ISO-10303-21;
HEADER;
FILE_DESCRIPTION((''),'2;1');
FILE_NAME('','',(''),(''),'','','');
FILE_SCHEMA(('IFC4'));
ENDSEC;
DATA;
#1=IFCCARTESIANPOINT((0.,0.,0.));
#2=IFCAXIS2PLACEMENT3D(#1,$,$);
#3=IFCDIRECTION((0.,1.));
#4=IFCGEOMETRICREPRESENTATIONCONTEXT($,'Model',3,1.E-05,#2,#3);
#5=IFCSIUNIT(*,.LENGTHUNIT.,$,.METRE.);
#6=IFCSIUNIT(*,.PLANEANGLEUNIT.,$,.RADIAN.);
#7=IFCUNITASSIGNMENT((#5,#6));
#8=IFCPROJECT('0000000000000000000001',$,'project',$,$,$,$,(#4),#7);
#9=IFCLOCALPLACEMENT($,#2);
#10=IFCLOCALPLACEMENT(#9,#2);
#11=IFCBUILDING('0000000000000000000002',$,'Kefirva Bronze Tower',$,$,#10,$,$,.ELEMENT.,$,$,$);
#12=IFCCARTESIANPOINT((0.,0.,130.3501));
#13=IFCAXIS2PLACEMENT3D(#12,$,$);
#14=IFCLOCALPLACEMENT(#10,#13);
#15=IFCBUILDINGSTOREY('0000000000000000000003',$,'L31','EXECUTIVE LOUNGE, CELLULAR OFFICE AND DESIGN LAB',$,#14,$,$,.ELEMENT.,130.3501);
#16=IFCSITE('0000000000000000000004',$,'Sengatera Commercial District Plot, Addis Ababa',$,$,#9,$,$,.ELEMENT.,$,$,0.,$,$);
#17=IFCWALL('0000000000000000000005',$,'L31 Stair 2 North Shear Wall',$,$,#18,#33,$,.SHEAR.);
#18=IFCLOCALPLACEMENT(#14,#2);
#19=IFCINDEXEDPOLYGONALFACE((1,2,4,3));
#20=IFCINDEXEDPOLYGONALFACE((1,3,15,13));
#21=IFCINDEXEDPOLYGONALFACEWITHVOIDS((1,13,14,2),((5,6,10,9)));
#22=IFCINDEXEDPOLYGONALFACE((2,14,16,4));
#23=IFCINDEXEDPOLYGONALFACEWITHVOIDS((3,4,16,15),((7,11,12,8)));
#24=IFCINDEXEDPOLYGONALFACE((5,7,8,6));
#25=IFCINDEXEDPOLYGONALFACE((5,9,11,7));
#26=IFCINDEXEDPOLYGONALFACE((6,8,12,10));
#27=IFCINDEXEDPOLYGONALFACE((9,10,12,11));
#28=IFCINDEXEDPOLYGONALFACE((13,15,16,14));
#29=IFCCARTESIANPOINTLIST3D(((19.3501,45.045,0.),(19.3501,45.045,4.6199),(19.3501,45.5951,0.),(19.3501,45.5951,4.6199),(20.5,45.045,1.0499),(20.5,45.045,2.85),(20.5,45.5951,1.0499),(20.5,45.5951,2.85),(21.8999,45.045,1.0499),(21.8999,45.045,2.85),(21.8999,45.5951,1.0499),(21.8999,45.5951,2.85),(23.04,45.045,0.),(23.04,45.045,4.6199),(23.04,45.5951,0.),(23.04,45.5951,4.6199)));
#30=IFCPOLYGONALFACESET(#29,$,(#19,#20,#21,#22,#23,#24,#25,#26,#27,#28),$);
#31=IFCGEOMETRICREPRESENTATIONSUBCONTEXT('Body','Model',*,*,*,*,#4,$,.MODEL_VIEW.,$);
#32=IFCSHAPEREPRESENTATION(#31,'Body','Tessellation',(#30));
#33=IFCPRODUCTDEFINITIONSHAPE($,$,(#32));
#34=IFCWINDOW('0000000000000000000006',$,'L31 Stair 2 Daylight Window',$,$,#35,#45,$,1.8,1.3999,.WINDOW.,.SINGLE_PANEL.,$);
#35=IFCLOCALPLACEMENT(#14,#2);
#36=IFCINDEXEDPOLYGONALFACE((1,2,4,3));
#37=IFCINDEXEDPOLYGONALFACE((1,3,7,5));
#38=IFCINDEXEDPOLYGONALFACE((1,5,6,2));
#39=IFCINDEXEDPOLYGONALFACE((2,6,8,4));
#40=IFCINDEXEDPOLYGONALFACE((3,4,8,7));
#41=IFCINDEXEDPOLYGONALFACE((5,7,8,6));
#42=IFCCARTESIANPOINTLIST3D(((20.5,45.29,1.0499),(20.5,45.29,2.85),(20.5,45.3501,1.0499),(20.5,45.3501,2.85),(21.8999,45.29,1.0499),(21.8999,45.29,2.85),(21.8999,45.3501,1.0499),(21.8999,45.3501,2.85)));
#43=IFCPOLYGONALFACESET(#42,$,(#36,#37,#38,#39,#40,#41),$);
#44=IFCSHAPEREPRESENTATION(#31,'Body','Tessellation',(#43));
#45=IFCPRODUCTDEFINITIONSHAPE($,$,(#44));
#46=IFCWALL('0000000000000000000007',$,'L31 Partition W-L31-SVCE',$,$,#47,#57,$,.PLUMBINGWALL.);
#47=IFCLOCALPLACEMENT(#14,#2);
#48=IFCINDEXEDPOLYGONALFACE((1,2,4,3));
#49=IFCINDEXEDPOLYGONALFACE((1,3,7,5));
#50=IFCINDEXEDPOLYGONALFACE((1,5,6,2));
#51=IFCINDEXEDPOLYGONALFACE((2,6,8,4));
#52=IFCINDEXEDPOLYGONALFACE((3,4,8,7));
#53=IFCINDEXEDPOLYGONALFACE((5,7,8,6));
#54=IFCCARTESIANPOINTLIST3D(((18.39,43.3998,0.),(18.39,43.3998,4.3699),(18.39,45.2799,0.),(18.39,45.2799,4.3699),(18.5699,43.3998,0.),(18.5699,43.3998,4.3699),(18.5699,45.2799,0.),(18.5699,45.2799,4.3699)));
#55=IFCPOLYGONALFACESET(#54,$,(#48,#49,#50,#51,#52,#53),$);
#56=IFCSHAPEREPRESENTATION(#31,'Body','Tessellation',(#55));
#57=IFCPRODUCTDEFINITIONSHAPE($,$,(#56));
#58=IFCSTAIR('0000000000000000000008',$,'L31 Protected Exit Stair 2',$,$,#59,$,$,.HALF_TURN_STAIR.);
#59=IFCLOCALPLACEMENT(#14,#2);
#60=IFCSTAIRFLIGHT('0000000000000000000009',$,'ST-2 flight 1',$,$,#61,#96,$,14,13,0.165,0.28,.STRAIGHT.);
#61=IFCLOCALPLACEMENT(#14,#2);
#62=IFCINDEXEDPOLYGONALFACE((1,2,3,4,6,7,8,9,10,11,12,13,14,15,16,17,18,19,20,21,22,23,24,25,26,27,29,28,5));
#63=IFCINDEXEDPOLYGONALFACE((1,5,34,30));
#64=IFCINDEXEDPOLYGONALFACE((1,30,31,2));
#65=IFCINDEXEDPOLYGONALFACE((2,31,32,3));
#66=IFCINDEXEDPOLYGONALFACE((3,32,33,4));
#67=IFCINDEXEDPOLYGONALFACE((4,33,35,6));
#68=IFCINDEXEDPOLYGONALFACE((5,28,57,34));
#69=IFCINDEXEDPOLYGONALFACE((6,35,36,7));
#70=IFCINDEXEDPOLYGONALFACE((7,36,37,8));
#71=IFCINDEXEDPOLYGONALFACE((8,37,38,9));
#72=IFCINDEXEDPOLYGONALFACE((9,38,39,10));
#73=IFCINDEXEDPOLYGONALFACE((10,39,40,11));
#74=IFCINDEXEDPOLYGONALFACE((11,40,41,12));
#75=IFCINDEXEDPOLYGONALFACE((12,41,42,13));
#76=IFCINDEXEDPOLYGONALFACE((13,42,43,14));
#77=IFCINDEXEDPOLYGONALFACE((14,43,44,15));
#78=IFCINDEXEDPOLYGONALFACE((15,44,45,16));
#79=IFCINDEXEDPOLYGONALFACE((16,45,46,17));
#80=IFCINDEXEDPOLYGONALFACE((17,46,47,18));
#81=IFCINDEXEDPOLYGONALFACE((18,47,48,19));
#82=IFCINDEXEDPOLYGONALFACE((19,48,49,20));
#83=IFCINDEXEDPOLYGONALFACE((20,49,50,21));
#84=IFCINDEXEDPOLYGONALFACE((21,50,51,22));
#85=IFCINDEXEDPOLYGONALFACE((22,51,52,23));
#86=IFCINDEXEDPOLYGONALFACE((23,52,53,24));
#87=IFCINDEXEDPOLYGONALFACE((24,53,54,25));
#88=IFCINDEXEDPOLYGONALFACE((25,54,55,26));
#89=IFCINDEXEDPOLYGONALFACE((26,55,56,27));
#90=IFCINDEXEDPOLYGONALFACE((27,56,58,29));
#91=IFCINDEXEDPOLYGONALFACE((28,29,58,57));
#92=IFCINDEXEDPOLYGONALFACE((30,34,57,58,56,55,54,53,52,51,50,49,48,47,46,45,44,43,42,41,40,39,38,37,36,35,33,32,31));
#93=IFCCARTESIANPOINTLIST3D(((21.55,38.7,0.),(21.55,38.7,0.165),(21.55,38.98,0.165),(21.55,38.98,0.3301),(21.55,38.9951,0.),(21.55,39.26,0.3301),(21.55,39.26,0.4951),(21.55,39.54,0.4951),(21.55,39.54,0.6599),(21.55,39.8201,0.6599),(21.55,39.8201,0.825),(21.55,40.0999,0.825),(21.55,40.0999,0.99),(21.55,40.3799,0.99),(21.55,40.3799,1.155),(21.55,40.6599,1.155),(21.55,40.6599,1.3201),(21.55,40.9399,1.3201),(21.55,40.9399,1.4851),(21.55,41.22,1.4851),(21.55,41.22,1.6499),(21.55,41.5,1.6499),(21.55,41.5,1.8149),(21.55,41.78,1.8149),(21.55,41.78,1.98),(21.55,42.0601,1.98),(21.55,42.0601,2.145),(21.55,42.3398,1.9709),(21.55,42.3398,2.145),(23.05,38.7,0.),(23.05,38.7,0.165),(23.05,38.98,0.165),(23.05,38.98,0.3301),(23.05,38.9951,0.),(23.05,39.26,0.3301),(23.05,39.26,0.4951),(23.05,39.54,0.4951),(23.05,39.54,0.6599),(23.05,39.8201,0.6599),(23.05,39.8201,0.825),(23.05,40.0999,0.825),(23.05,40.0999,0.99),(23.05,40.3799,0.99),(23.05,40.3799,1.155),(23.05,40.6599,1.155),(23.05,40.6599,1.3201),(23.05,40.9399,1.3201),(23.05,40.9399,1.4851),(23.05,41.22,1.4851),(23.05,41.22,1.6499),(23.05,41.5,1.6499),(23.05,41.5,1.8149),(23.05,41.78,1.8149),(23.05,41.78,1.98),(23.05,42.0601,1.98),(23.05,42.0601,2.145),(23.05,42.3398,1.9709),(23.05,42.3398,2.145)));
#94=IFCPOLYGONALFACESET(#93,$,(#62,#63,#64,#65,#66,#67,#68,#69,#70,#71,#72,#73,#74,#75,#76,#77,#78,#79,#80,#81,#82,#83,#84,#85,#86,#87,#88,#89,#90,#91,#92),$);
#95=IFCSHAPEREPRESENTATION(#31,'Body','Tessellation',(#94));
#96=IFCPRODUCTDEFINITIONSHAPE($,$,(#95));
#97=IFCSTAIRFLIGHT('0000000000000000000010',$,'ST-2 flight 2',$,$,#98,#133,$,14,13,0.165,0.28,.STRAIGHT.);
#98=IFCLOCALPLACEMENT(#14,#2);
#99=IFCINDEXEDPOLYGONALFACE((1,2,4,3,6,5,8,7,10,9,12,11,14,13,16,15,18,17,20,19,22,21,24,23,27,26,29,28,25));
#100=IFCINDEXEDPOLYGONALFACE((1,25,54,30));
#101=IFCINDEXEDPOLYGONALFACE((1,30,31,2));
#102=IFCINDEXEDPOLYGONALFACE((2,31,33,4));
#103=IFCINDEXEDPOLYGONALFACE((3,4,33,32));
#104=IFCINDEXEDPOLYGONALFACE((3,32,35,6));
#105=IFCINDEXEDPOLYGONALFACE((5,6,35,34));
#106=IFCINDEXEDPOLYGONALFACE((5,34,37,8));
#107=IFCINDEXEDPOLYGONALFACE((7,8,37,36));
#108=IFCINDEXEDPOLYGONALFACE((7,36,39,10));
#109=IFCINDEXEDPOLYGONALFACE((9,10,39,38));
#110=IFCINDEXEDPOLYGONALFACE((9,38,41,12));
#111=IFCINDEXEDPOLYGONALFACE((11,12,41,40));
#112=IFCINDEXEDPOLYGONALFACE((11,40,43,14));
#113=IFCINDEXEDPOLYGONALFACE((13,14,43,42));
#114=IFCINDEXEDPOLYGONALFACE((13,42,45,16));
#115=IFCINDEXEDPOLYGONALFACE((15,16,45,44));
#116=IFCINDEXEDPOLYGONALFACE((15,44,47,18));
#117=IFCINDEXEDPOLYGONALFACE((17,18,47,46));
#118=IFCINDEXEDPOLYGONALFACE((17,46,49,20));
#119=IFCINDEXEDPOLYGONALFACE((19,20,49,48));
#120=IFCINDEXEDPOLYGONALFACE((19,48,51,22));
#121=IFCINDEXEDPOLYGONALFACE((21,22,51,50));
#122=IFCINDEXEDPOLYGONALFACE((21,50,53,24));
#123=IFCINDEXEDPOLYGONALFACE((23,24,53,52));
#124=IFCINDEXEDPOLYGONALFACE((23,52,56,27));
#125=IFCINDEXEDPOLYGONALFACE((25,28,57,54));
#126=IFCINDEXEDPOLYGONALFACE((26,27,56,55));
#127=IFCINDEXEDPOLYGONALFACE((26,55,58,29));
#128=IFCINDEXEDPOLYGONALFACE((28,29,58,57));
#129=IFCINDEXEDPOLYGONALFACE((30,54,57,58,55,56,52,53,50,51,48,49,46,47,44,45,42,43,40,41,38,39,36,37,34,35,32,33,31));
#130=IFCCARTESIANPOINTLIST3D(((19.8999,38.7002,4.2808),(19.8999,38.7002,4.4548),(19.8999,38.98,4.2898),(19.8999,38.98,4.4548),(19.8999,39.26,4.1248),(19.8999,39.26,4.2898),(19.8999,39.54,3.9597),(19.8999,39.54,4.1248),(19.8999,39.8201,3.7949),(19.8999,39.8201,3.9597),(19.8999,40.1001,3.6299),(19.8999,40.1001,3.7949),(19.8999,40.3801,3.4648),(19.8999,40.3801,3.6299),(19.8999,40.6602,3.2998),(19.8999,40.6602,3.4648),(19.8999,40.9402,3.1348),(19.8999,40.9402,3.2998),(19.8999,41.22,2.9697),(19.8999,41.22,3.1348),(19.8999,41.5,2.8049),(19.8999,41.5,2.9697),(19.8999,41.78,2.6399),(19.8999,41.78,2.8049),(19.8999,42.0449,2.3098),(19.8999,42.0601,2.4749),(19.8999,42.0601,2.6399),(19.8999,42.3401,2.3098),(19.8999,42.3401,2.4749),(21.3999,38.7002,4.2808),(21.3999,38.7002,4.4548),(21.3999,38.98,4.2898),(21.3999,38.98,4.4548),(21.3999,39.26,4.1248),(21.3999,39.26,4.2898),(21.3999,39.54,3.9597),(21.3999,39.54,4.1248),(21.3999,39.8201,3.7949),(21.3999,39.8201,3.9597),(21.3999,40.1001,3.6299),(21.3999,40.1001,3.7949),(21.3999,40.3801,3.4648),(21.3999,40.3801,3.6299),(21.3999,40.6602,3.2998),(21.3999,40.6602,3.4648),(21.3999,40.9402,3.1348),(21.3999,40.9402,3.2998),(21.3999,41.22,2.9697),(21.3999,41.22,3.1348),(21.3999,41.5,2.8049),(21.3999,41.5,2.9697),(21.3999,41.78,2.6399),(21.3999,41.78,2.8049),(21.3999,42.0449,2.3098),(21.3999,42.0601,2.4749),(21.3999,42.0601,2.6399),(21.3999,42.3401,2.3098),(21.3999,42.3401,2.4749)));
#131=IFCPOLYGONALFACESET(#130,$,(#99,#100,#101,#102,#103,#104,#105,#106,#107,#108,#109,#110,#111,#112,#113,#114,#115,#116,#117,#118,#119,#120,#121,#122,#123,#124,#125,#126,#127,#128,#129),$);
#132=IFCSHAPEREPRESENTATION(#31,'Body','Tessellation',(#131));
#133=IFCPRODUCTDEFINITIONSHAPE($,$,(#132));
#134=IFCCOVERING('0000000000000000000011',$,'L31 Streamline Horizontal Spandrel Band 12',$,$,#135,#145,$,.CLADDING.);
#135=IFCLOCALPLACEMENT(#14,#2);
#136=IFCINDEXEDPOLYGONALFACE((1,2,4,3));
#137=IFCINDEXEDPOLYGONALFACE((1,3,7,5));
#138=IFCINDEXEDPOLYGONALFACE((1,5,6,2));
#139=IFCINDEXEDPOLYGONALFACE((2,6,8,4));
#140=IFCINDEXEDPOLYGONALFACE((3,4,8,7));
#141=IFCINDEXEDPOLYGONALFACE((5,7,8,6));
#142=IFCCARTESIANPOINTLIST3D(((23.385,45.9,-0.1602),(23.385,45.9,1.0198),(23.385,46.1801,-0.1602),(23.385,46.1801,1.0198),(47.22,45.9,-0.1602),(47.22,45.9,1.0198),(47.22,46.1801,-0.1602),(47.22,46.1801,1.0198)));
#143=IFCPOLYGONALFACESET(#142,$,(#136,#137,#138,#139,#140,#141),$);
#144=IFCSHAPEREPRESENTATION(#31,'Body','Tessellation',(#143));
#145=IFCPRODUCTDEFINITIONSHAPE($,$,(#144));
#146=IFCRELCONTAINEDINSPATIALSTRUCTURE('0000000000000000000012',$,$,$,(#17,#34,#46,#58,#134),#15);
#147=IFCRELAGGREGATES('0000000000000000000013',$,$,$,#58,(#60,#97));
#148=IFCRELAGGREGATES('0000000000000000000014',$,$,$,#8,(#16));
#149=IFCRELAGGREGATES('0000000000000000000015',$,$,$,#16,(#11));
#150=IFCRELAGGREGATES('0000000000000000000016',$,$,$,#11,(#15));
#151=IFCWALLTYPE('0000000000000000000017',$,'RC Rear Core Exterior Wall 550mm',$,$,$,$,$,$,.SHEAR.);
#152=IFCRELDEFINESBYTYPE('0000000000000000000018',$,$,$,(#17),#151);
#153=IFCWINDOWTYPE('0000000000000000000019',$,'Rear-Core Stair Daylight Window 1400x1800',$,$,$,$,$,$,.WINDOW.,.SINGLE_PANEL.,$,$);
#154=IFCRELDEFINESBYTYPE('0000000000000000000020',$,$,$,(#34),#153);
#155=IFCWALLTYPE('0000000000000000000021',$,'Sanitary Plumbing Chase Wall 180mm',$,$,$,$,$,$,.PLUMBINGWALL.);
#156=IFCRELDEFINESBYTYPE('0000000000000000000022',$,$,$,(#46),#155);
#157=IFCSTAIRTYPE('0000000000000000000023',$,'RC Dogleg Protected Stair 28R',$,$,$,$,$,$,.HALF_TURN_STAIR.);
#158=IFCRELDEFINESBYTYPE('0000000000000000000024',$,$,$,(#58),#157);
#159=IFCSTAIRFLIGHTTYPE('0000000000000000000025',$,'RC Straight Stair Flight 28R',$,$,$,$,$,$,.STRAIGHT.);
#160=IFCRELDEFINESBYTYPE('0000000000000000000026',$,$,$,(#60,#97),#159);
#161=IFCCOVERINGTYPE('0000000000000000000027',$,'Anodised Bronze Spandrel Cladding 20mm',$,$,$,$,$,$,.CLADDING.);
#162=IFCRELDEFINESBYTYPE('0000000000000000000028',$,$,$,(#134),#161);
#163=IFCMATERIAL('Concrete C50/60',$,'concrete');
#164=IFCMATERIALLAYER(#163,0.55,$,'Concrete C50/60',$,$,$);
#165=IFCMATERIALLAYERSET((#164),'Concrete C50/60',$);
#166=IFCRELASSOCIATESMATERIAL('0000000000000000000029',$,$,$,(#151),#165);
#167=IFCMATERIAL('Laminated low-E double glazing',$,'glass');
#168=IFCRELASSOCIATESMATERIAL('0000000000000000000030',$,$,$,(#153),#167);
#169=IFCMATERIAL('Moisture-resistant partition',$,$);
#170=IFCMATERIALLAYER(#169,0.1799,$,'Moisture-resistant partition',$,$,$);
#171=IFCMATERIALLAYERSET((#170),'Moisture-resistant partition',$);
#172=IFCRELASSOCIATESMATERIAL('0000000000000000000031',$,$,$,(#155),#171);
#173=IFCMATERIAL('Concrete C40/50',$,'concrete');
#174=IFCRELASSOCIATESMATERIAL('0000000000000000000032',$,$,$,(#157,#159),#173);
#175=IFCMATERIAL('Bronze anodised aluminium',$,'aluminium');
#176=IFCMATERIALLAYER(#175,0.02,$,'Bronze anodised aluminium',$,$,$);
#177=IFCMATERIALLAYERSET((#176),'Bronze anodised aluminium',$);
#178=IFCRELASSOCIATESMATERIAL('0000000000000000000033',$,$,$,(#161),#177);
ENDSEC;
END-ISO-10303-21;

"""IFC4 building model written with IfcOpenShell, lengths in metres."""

from ifc_helpers import new_model, si_unit, direction, frame, frame_2d, origin, origin_2d, place, context, subcontext, project, spatial, polyline, rectangle, outline, extrude, material, layer, layer_set, type_object, element, fill, aggregate, save


model = new_model("IFC4")

# Units and contexts
model_context = context("Model", 3, precision=1e-05, world=origin(), true_north=direction((0.0, 1.0)))
body_context = subcontext(model_context, "Body", "Model", "MODEL_VIEW")
ifc_project = project(units=[si_unit("LENGTHUNIT", "METRE"), si_unit("PLANEANGLEUNIT", "RADIAN")], contexts=[model_context])

# Site, building, storey
site_placement = place(None, origin())
site = spatial("IfcSite", under=ifc_project, at=site_placement, Name="Sengatera Commercial District Plot, Addis Ababa", CompositionType="ELEMENT", RefElevation=0.0)
building_placement = place(site_placement, origin())
building = spatial("IfcBuilding", under=site, at=building_placement, Name="Kefirva Bronze Tower", CompositionType="ELEMENT")
storey_placement = place(building_placement, frame((0.0, 0.0, 130.3501)))
storey = spatial("IfcBuildingStorey", under=building, at=storey_placement, Name="L31", Description="EXECUTIVE LOUNGE, CELLULAR OFFICE AND DESIGN LAB", CompositionType="ELEMENT", Elevation=130.3501)

# Shared definitions
ifc_material_1 = material(Name="Bronze anodised aluminium", Category="aluminium")

# Shared definitions
ifc_material_2 = material(Name="Concrete C50/60", Category="concrete")

# Shared definitions
ifc_material_3 = material(Name="Laminated low-E double glazing", Category="glass")

# Wall, opening, window
ifc_layer_1 = layer(ifc_material_2, 0.55, Name="Concrete C50/60")
ifc_layer_set_1 = layer_set([ifc_layer_1], Name="Concrete C50/60")
wall_type_1 = type_object("IfcWallType", Name="RC Rear Core Exterior Wall 550mm", PredefinedType="SHEAR", material=ifc_layer_set_1)
wall_1_placement = place(storey_placement, frame((19.3501, 45.3201, 0.0), z_axis=(0.0, 0.0, 1.0), x_axis=(1.0, 0.0, 0.0)))
wall_1 = element("IfcWall", 1, at=wall_1_placement, inside=storey, type_object=wall_type_1, Name="L31 Stair 2 North Shear Wall", PredefinedType="SHEAR", context=body_context, shape_type="SweptSolid", body=[
    extrude(rectangle(XDim=3.6899, YDim=0.55, at=frame_2d((1.845, 0.0))), origin(), (0.0, 0.0, 1.0), 4.6199),
])
opening_placement = place(wall_1_placement, frame((1.1499, 0.0, 1.05)))
opening = element("IfcOpeningElement", 2, at=opening_placement, cuts=wall_1, PredefinedType="OPENING", context=body_context, shape_type="SweptSolid", body=[
    extrude(rectangle(XDim=1.3999, YDim=1.8, at=frame_2d((0.7, 0.8999))), frame((0.0, 0.2852, 0.0), z_axis=(0.0, -1.0, 0.0), x_axis=(1.0, 0.0, 0.0)), (0.0, 0.0, 1.0), 0.5701),
])
window_type = type_object("IfcWindowType", Name="Rear-Core Stair Daylight Window 1400x1800", PartitioningType="SINGLE_PANEL", PredefinedType="WINDOW", material=ifc_material_3)
window_placement = place(opening_placement, origin())
window = element("IfcWindow", 3, at=window_placement, inside=storey, type_object=window_type, Name="L31 Stair 2 Daylight Window", OverallHeight=1.8, OverallWidth=1.3999, PartitioningType="SINGLE_PANEL", PredefinedType="WINDOW", context=body_context, shape_type="SweptSolid", body=[
    extrude(rectangle(XDim=1.3999, YDim=1.8, at=frame_2d((0.7, 0.8999))), frame((0.0, 0.03, 0.0), z_axis=(0.0, -1.0, 0.0), x_axis=(1.0, 0.0, 0.0)), (0.0, 0.0, 1.0), 0.0601),
])
fill(opening, window)

# Wall
ifc_material_4 = material(Name="Moisture-resistant partition")
ifc_layer_2 = layer(ifc_material_4, 0.1799, Name="Moisture-resistant partition")
ifc_layer_set_2 = layer_set([ifc_layer_2], Name="Moisture-resistant partition")
wall_type_2 = type_object("IfcWallType", Name="Sanitary Plumbing Chase Wall 180mm", PredefinedType="PLUMBINGWALL", material=ifc_layer_set_2)
wall_2_placement = place(storey_placement, frame((18.48, 43.3999, 0.0), z_axis=(0.0, 0.0, 1.0), x_axis=(0.0, 1.0, 0.0)))
element("IfcWall", 4, at=wall_2_placement, inside=storey, type_object=wall_type_2, Name="L31 Partition W-L31-SVCE", PredefinedType="PLUMBINGWALL", context=body_context, shape_type="SweptSolid", body=[
    extrude(rectangle(XDim=1.8801, YDim=0.1799, at=frame_2d((0.9399, 0.0))), origin(), (0.0, 0.0, 1.0), 4.3699),
])

# Stair, stair flights
ifc_material_5 = material(Name="Concrete C40/50", Category="concrete")
stair_type = type_object("IfcStairType", Name="RC Dogleg Protected Stair 28R", PredefinedType="HALF_TURN_STAIR", material=ifc_material_5)
stair_placement = place(storey_placement, origin())
stair = element("IfcStair", 5, at=stair_placement, inside=storey, type_object=stair_type, Name="L31 Protected Exit Stair 2", PredefinedType="HALF_TURN_STAIR")
stair_flight_type = type_object("IfcStairFlightType", Name="RC Straight Stair Flight 28R", PredefinedType="STRAIGHT", material=ifc_material_5)
stair_flight_1_placement = place(storey_placement, frame((22.3, 38.7, 0.0), z_axis=(0.0, 0.0, 1.0), x_axis=(0.0, 1.0, 0.0)))
stair_flight_1 = element("IfcStairFlight", 6, at=stair_flight_1_placement, type_object=stair_flight_type, Name="ST-2 flight 1", NumberOfRisers=14, NumberOfTreads=13, PredefinedType="STRAIGHT", RiserHeight=0.165, TreadLength=0.28, context=body_context, shape_type="SweptSolid", body=[
    extrude(outline(polyline([(0.0, 0.0), (0.0, 0.165), (0.28, 0.165), (0.28, 0.3301), (0.5601, 0.3301), (0.5601, 0.4951), (0.8401, 0.4951), (0.8401, 0.6599), (1.1201, 0.6599), (1.1201, 0.825), (1.3999, 0.825), (1.3999, 0.99), (1.6799, 0.99), (1.6799, 1.155), (1.96, 1.155), (1.96, 1.3201), (2.24, 1.3201), (2.24, 1.4851), (2.52, 1.4851), (2.52, 1.6499), (2.8, 1.6499), (2.8, 1.8149), (3.0801, 1.8149), (3.0801, 1.98), (3.3601, 1.98), (3.3601, 2.145), (3.6399, 2.145), (3.6399, 2.3101), (3.6399, 1.9709), (0.2952, 0.0), (0.0, 0.0)])), frame((0.0, 0.75, 0.0), z_axis=(0.0, -1.0, 0.0), x_axis=(1.0, 0.0, 0.0)), (0.0, 0.0, 1.0), 1.5),
])
stair_flight_2_placement = place(storey_placement, frame((20.6499, 42.3401, 2.3098), z_axis=(0.0, 0.0, 1.0), x_axis=(0.0, -1.0, 0.0)))
stair_flight_2 = element("IfcStairFlight", 7, at=stair_flight_2_placement, type_object=stair_flight_type, Name="ST-2 flight 2", NumberOfRisers=14, NumberOfTreads=13, PredefinedType="STRAIGHT", RiserHeight=0.165, TreadLength=0.28, context=body_context, shape_type="SweptSolid", body=[
    extrude(outline(polyline([(0.0, 0.0), (0.0, 0.165), (0.28, 0.165), (0.28, 0.3301), (0.5601, 0.3301), (0.5601, 0.4951), (0.8401, 0.4951), (0.8401, 0.6599), (1.1201, 0.6599), (1.1201, 0.825), (1.3999, 0.825), (1.3999, 0.99), (1.6799, 0.99), (1.6799, 1.155), (1.96, 1.155), (1.96, 1.3201), (2.24, 1.3201), (2.24, 1.4851), (2.52, 1.4851), (2.52, 1.6499), (2.8, 1.6499), (2.8, 1.8149), (3.0801, 1.8149), (3.0801, 1.98), (3.3601, 1.98), (3.3601, 2.145), (3.6399, 2.145), (3.6399, 2.3101), (3.6399, 1.9709), (0.2952, 0.0), (0.0, 0.0)])), frame((0.0, 0.75, 0.0), z_axis=(0.0, -1.0, 0.0), x_axis=(1.0, 0.0, 0.0)), (0.0, 0.0, 1.0), 1.5),
])
aggregate(stair, [stair_flight_1, stair_flight_2])

# Covering
ifc_layer_3 = layer(ifc_material_1, 0.02, Name="Bronze anodised aluminium")
ifc_layer_set_3 = layer_set([ifc_layer_3], Name="Bronze anodised aluminium")
covering_type_1 = type_object("IfcCoveringType", Name="Anodised Bronze Spandrel Cladding 20mm", PredefinedType="CLADDING", material=ifc_layer_set_3)
covering_placement = place(storey_placement, frame((35.3025, 46.04, -0.1602), z_axis=(0.0, 0.0, 1.0), x_axis=(-1.0, 0.0, 0.0)))
element("IfcCovering", 8, at=covering_placement, inside=storey, type_object=covering_type_1, Name="L31 Streamline Horizontal Spandrel Band 12", PredefinedType="CLADDING", context=body_context, shape_type="SweptSolid", body=[
    extrude(rectangle(XDim=23.835, YDim=0.28, at=origin_2d()), origin(), (0.0, 0.0, 1.0), 1.1799),
])

save(model, "model.ifc")
